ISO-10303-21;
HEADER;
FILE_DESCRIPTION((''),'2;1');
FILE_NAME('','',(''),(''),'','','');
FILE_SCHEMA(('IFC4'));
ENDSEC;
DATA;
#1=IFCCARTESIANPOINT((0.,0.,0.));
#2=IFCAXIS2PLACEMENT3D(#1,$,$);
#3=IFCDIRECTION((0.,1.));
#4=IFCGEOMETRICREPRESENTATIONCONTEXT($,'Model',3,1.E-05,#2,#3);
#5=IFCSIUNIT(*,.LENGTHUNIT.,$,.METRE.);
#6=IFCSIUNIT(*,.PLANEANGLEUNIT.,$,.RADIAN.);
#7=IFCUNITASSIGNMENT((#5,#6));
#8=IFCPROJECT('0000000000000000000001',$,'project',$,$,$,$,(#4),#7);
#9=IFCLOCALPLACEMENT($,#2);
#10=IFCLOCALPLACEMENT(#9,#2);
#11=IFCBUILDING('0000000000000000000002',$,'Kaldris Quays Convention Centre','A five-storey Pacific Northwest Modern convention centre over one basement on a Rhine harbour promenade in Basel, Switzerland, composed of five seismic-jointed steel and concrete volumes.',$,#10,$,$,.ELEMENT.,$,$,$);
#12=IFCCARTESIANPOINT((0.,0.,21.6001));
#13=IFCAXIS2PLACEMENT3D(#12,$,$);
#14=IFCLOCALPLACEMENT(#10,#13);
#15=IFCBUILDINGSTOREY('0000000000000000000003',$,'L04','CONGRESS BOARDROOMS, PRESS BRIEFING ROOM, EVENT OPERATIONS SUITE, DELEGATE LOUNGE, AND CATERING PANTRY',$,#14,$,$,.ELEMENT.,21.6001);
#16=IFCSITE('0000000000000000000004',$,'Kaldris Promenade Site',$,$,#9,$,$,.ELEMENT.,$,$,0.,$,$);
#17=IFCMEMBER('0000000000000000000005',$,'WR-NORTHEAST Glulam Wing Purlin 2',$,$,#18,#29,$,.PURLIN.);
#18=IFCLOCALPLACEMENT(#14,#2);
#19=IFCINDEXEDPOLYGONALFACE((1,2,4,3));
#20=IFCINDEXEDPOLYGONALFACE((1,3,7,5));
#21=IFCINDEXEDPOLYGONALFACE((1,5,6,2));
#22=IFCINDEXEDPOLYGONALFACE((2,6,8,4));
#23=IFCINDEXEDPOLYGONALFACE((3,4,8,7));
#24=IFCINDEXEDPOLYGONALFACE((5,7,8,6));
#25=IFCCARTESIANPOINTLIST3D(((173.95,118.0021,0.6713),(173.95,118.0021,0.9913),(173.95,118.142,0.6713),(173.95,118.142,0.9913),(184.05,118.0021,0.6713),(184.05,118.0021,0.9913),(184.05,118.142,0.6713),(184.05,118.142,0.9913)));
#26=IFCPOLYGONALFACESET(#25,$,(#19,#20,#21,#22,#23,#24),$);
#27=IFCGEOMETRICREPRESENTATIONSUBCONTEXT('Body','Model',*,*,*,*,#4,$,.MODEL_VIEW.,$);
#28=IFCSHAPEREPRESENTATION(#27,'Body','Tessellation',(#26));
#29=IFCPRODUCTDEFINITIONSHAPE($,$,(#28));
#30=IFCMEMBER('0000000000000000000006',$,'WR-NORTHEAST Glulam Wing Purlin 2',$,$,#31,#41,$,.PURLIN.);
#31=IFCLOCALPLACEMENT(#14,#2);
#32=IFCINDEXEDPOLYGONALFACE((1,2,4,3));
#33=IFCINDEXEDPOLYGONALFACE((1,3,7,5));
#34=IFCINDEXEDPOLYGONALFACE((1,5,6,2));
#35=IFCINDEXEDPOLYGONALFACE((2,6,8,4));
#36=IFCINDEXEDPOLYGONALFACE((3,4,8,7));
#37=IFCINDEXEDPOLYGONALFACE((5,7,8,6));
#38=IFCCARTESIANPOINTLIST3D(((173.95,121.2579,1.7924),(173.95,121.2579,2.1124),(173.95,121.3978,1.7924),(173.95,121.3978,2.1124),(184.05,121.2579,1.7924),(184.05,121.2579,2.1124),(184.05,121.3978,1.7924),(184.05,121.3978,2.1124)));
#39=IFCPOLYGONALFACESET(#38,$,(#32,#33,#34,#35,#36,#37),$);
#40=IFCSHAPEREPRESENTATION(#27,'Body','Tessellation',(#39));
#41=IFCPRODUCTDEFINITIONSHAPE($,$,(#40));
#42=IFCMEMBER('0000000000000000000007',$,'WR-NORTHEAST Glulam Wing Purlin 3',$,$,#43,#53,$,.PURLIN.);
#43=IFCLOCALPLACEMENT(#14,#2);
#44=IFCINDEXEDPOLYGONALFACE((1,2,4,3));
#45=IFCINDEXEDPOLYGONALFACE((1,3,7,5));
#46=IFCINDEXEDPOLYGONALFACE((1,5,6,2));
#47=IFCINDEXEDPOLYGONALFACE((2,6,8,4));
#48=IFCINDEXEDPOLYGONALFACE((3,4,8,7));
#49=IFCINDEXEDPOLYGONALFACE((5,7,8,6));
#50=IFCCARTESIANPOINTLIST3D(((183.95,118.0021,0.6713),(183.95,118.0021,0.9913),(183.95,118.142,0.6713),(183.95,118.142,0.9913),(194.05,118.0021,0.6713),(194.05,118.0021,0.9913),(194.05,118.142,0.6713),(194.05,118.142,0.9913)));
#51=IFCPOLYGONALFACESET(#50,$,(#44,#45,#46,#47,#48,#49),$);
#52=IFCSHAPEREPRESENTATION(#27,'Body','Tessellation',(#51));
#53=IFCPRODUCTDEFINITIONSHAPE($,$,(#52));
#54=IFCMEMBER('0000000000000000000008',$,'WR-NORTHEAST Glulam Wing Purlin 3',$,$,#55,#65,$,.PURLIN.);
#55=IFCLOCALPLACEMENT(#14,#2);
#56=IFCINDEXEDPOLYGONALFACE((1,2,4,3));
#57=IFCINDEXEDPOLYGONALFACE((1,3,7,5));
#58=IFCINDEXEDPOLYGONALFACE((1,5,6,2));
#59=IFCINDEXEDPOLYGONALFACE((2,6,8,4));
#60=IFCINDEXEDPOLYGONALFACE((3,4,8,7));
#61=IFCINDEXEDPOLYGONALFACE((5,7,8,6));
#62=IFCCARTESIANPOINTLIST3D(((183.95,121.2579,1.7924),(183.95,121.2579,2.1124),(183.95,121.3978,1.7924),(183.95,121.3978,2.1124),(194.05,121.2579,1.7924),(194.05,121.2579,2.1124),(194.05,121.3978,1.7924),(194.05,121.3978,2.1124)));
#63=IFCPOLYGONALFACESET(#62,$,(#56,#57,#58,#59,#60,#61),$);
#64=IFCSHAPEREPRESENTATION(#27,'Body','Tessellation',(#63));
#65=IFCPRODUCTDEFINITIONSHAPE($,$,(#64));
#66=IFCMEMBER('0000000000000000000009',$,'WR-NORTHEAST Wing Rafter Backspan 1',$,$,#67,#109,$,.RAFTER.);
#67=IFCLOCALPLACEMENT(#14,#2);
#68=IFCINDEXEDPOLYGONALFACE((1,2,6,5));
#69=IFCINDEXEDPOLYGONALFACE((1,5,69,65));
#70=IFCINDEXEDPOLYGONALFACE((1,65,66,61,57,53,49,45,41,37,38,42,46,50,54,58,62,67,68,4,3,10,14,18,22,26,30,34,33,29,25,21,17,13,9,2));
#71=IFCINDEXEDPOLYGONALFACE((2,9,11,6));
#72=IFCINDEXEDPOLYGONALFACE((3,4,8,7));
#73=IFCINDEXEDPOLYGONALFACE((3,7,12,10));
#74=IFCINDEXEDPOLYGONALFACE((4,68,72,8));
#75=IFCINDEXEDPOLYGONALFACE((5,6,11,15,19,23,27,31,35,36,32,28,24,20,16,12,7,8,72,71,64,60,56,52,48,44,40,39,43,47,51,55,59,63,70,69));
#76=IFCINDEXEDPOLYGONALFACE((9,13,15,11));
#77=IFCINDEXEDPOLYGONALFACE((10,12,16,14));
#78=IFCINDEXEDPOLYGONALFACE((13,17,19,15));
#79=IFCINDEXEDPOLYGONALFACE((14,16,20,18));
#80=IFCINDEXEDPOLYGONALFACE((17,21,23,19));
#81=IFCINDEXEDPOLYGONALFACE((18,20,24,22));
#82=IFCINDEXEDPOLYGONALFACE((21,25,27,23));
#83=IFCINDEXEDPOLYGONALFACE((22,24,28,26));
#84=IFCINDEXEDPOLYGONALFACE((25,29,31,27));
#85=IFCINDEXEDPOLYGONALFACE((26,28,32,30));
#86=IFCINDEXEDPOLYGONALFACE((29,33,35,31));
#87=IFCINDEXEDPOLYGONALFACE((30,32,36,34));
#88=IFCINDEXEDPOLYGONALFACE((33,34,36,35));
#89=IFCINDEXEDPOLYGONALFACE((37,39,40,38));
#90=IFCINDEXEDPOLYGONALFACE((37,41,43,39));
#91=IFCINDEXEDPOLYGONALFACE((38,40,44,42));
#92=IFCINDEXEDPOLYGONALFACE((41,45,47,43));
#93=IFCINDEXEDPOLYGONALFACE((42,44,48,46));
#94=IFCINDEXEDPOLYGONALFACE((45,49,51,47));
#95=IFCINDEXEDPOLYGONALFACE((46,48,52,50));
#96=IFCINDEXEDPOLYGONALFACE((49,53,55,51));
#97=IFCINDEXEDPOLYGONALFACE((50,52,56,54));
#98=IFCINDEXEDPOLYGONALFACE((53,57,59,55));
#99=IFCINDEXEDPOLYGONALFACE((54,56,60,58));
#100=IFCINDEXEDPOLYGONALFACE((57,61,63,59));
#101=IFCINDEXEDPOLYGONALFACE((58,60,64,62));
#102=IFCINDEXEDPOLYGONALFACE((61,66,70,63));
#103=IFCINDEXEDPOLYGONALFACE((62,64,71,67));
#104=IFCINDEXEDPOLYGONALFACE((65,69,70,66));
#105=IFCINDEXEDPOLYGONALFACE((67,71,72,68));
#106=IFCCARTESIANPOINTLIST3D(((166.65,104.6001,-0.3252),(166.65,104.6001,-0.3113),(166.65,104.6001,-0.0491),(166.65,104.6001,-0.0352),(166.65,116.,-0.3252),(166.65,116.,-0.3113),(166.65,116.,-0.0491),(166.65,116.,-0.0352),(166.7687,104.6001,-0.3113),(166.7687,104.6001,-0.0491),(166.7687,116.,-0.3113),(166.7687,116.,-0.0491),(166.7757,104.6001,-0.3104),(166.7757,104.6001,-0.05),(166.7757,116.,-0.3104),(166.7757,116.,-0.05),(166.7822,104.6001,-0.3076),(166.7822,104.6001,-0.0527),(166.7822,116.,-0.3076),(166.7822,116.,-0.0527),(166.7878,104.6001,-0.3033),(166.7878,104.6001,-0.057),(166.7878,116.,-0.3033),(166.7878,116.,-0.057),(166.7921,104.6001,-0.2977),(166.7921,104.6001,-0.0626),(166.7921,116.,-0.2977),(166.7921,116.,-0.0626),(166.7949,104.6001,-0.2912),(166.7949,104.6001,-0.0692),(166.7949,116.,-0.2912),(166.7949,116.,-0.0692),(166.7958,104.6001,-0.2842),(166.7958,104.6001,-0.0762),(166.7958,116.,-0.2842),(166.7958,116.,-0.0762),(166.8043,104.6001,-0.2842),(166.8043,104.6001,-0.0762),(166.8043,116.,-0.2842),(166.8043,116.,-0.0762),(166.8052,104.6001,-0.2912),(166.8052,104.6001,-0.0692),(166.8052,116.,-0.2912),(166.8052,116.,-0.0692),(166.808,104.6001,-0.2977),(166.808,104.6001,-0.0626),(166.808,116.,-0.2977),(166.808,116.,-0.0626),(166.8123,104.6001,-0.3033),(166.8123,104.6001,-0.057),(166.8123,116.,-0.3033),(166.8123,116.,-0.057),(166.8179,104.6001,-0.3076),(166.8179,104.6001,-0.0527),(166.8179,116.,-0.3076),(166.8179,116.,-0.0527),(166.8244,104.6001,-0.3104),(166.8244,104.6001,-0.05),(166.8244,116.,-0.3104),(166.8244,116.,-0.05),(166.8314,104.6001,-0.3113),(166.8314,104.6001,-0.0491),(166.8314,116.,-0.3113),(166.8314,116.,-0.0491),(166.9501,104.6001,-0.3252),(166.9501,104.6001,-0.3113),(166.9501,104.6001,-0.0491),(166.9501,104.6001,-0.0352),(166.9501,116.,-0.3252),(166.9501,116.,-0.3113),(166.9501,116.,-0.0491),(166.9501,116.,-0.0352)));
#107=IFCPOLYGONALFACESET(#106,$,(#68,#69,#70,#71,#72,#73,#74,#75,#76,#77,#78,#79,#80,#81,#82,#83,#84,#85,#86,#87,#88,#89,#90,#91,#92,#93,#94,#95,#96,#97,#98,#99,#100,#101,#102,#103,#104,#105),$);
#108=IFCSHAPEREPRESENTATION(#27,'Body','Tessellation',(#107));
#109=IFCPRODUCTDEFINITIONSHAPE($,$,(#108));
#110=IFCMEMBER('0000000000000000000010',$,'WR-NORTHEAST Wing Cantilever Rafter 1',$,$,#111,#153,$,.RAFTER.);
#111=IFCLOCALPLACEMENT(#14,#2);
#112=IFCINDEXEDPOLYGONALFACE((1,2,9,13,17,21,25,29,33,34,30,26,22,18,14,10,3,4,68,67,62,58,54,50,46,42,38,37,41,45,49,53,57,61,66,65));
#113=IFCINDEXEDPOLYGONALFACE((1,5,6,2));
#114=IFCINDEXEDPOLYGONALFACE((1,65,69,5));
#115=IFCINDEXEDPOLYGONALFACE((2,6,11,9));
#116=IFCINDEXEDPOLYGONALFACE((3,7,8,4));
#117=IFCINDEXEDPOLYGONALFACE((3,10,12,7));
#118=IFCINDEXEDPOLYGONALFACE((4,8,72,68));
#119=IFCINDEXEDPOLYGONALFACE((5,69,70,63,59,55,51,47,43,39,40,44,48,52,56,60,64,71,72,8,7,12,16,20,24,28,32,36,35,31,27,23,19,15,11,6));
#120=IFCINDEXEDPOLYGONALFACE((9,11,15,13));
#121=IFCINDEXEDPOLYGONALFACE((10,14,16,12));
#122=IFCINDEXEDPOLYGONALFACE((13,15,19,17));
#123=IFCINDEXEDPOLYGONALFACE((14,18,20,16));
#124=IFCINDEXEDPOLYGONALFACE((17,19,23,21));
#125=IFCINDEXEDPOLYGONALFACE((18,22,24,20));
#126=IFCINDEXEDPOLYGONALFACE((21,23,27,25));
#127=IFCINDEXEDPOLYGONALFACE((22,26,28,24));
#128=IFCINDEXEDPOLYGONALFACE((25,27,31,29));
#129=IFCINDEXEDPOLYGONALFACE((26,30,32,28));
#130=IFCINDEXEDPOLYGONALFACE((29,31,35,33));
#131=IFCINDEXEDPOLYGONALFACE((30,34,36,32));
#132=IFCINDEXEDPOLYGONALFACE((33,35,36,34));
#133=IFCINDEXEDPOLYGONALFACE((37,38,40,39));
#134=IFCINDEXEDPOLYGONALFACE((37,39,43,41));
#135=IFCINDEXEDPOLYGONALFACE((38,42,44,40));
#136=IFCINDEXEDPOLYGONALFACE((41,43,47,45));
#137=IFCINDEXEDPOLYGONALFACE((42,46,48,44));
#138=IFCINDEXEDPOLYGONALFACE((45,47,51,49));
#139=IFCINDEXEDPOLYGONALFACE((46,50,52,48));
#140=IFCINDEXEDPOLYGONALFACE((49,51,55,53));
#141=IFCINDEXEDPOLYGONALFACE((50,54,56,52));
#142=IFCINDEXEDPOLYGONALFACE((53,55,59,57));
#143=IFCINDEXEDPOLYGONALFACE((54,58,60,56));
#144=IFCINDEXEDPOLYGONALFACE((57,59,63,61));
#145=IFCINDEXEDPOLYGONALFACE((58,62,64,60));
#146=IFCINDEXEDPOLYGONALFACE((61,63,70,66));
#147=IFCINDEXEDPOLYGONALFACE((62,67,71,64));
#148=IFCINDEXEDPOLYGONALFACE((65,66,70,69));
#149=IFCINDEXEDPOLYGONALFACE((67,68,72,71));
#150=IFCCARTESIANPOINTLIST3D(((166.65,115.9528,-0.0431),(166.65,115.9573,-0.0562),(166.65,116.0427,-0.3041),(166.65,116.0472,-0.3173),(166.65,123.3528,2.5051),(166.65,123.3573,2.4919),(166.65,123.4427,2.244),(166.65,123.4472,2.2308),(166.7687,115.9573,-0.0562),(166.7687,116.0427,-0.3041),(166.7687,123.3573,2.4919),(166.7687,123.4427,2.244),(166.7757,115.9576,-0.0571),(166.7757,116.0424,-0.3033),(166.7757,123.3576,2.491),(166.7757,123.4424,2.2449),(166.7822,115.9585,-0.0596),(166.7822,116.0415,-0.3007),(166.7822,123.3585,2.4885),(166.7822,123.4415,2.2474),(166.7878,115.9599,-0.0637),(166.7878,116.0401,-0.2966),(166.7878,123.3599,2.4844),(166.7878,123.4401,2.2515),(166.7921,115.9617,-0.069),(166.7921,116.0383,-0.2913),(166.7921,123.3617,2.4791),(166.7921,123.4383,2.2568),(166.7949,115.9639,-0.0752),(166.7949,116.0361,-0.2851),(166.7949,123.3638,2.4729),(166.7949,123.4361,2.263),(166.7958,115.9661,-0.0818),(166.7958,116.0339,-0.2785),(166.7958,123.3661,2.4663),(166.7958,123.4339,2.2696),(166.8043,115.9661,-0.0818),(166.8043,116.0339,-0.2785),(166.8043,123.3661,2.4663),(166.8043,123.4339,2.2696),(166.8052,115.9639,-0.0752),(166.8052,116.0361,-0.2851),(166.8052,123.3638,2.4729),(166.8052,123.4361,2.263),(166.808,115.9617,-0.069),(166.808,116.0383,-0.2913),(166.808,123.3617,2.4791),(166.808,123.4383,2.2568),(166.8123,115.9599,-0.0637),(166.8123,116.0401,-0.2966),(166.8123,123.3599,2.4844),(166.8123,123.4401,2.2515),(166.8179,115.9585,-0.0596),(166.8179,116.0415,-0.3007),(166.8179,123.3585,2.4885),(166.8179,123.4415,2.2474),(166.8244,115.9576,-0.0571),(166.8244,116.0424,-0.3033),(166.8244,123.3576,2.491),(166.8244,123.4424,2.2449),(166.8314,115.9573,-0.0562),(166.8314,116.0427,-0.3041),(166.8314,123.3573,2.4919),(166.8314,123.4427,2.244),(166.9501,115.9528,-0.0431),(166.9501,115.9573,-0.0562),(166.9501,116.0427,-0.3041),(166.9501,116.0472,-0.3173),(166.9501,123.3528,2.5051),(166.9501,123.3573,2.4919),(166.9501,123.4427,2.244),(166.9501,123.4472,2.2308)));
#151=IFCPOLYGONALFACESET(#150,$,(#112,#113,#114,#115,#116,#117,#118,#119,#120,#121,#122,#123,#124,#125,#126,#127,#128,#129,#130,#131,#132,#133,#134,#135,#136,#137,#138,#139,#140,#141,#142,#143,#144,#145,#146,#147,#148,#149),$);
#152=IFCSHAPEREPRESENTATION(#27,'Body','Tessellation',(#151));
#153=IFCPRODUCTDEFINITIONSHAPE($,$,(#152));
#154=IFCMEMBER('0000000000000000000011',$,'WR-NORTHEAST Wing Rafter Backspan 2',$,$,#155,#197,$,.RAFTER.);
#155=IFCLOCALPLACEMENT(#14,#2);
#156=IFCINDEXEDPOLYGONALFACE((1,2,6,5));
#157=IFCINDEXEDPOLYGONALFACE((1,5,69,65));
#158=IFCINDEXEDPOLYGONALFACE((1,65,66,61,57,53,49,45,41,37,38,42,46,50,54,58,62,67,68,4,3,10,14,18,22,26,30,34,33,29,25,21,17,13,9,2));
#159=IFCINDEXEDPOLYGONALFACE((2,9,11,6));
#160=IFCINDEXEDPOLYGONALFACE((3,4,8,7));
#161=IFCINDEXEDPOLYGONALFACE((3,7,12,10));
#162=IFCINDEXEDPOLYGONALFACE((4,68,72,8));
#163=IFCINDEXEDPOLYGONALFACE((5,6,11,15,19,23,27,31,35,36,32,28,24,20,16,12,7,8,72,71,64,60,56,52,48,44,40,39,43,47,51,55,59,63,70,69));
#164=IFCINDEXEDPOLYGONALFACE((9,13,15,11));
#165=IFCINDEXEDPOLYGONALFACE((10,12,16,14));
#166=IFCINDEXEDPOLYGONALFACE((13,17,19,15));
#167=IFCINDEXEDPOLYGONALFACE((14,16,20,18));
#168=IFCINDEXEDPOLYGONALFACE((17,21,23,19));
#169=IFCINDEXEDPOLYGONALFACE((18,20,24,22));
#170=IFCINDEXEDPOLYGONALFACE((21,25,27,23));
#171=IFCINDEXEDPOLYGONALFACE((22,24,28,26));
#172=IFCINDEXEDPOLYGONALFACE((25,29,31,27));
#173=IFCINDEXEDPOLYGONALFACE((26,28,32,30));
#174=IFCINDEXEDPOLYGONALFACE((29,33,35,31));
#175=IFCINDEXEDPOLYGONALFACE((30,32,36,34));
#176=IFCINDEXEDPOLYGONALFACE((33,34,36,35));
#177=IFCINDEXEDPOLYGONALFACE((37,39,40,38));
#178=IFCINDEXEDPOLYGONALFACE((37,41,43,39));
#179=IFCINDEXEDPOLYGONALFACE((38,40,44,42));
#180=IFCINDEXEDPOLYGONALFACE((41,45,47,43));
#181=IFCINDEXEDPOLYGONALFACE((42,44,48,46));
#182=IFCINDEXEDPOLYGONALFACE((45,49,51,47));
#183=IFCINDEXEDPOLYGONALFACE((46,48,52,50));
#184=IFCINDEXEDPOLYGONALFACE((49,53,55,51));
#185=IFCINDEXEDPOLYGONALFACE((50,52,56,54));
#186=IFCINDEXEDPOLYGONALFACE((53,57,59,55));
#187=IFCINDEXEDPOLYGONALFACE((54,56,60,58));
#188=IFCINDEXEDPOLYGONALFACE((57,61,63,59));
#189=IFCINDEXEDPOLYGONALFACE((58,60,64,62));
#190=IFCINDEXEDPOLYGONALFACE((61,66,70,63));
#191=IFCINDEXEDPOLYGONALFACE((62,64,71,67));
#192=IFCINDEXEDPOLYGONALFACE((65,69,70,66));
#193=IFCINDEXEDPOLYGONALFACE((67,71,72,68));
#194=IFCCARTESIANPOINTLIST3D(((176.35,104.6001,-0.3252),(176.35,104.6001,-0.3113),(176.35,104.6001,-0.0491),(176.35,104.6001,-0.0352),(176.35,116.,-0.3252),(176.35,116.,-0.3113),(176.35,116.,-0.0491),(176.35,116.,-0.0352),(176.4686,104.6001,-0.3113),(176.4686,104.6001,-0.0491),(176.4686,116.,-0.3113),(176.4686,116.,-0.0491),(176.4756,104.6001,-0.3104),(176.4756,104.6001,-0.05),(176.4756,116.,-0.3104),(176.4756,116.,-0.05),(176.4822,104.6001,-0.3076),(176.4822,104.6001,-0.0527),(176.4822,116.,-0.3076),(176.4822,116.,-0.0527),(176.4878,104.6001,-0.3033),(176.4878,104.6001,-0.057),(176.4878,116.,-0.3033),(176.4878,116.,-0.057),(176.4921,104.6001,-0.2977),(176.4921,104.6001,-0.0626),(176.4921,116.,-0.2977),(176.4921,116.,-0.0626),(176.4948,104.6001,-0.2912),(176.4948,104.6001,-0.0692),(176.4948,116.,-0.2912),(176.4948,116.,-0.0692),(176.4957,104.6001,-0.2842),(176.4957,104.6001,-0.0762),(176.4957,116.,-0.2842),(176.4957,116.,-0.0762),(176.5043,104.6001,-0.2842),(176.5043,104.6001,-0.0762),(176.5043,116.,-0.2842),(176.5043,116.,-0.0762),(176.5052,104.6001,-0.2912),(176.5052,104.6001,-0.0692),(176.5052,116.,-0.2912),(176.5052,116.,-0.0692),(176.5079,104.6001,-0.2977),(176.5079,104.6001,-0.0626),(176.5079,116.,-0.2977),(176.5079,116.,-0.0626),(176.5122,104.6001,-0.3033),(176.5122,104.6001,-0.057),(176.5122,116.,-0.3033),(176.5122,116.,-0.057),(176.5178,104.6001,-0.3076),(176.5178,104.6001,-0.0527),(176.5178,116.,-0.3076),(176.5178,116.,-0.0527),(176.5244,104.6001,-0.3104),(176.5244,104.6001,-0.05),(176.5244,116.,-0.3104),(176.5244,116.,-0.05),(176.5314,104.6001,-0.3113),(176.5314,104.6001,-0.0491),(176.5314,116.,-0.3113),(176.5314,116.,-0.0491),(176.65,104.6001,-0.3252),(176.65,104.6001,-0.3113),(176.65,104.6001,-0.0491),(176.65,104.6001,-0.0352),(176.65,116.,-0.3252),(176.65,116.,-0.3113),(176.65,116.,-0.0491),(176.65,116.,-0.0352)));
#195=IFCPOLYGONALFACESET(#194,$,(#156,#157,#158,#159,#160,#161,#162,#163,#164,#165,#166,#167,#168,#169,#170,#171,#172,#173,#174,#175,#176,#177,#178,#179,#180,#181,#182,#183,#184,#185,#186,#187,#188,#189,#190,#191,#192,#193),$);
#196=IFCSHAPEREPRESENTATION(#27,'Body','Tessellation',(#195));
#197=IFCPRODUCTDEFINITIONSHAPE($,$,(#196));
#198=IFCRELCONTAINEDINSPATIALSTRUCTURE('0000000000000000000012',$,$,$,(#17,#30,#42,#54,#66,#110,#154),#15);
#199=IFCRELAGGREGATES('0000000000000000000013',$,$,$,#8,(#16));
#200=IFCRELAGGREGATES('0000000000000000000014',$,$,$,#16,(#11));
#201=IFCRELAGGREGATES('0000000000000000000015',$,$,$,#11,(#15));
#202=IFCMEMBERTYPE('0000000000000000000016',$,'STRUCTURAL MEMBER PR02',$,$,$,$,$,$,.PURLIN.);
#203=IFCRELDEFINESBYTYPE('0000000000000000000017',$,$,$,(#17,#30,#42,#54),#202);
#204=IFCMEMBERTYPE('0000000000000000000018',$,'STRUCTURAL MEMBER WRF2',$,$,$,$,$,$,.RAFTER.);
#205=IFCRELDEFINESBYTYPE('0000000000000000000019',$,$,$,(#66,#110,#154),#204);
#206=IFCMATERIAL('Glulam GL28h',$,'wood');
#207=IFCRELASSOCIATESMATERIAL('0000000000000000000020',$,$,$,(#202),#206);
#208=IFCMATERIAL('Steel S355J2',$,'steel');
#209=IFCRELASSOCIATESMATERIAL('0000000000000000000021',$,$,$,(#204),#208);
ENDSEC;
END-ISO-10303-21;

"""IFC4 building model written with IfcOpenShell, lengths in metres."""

from ifc_helpers import new_model, si_unit, direction, frame, origin, origin_2d, place, context, subcontext, project, spatial, rectangle, i_section, extrude, material, material_profile, profile_set, type_object, element, save


model = new_model("IFC4")

# Units and contexts
model_context = context("Model", 3, precision=1e-05, world=origin(), true_north=direction((0.0, 1.0)))
body_context = subcontext(model_context, "Body", "Model", "MODEL_VIEW")
ifc_project = project(units=[si_unit("LENGTHUNIT", "METRE"), si_unit("PLANEANGLEUNIT", "RADIAN")], contexts=[model_context])

# Site, building, storey
site_placement = place(None, origin())
site = spatial("IfcSite", under=ifc_project, at=site_placement, Name="Kaldris Promenade Site", CompositionType="ELEMENT", RefElevation=0.0)
building_placement = place(site_placement, origin())
building = spatial("IfcBuilding", under=site, at=building_placement, Name="Kaldris Quays Convention Centre", Description="A five-storey Pacific Northwest Modern convention centre over one basement on a Rhine harbour promenade in Basel, Switzerland, composed of five seismic-jointed steel and concrete volumes.", CompositionType="ELEMENT")
storey_placement = place(building_placement, frame((0.0, 0.0, 21.6001)))
storey = spatial("IfcBuildingStorey", under=building, at=storey_placement, Name="L04", Description="CONGRESS BOARDROOMS, PRESS BRIEFING ROOM, EVENT OPERATIONS SUITE, DELEGATE LOUNGE, AND CATERING PANTRY", CompositionType="ELEMENT", Elevation=21.6001)

# Members
ifc_material_1 = material(Name="Glulam GL28h", Category="wood")
ifc_material_profile_1 = material_profile(ifc_material_1, rectangle(XDim=0.1399, YDim=0.3201, at=origin_2d()), Name="GL 140x320")
ifc_profile_set_1 = profile_set([ifc_material_profile_1], Name="Glulam GL28h")
member_type_1 = type_object("IfcMemberType", Name="STRUCTURAL MEMBER PR02", PredefinedType="PURLIN", material=ifc_profile_set_1)
for number, where, z_axis, x_axis, name in (
    (1, (173.95, 118.072, 0.8313), (1.0, 0.0, 0.0), (0.0, 1.0, 0.0), "WR-NORTHEAST Glulam Wing Purlin 2"),
    (2, (173.95, 121.3279, 1.9524), (1.0, 0.0, 0.0), (0.0, 1.0, 0.0), "WR-NORTHEAST Glulam Wing Purlin 2"),
    (3, (183.95, 118.072, 0.8313), (1.0, 0.0, 0.0), (0.0, 1.0, 0.0), "WR-NORTHEAST Glulam Wing Purlin 3"),
    (4, (183.95, 121.3279, 1.9524), (1.0, 0.0, 0.0), (0.0, 1.0, 0.0), "WR-NORTHEAST Glulam Wing Purlin 3"),
):
    element("IfcMember", number, at=place(storey_placement, frame(where, z_axis=z_axis, x_axis=x_axis)), inside=storey, type_object=member_type_1, Name=name, PredefinedType="PURLIN", context=body_context, shape_type="SweptSolid", body=[
        extrude(rectangle(XDim=0.1399, YDim=0.3201, at=origin_2d()), origin(), (0.0, 0.0, 1.0), 10.1001),
    ])
ifc_material_2 = material(Name="Steel S355J2", Category="steel")
ifc_material_profile_2 = material_profile(ifc_material_2, i_section(OverallWidth=0.3, OverallDepth=0.29, WebThickness=0.0085, FlangeThickness=0.0139, FilletRadius=0.0271, at=origin_2d()), Name="HEA 300")
ifc_profile_set_2 = profile_set([ifc_material_profile_2], Name="Steel S355J2")
member_type_2 = type_object("IfcMemberType", Name="STRUCTURAL MEMBER WRF2", PredefinedType="RAFTER", material=ifc_profile_set_2)
member_1_placement = place(storey_placement, frame((166.8, 104.6001, -0.1802), z_axis=(0.0, 1.0, 0.0), x_axis=(-1.0, 0.0, 0.0)))
element("IfcMember", 5, at=member_1_placement, inside=storey, type_object=member_type_2, Name="WR-NORTHEAST Wing Rafter Backspan 1", PredefinedType="RAFTER", context=body_context, shape_type="SweptSolid", body=[
    extrude(i_section(OverallWidth=0.3, OverallDepth=0.29, WebThickness=0.0085, FlangeThickness=0.0139, FilletRadius=0.0271, at=origin_2d()), origin(), (0.0, 0.0, 1.0), 11.3999),
])
member_2_placement = place(storey_placement, frame((166.8, 116.0, -0.1802), z_axis=(0.0, 0.945514, 0.32558), x_axis=(-1.0, 0.0, 0.0)))
element("IfcMember", 6, at=member_2_placement, inside=storey, type_object=member_type_2, Name="WR-NORTHEAST Wing Cantilever Rafter 1", PredefinedType="RAFTER", context=body_context, shape_type="SweptSolid", body=[
    extrude(i_section(OverallWidth=0.3, OverallDepth=0.29, WebThickness=0.0085, FlangeThickness=0.0139, FilletRadius=0.0271, at=origin_2d()), origin(), (0.0, 0.0, 1.0), 7.8264),
])
member_3_placement = place(storey_placement, frame((176.5, 104.6001, -0.1802), z_axis=(0.0, 1.0, 0.0), x_axis=(-1.0, 0.0, 0.0)))
element("IfcMember", 7, at=member_3_placement, inside=storey, type_object=member_type_2, Name="WR-NORTHEAST Wing Rafter Backspan 2", PredefinedType="RAFTER", context=body_context, shape_type="SweptSolid", body=[
    extrude(i_section(OverallWidth=0.3, OverallDepth=0.29, WebThickness=0.0085, FlangeThickness=0.0139, FilletRadius=0.0271, at=origin_2d()), origin(), (0.0, 0.0, 1.0), 11.3999),
])

save(model, "model.ifc")
